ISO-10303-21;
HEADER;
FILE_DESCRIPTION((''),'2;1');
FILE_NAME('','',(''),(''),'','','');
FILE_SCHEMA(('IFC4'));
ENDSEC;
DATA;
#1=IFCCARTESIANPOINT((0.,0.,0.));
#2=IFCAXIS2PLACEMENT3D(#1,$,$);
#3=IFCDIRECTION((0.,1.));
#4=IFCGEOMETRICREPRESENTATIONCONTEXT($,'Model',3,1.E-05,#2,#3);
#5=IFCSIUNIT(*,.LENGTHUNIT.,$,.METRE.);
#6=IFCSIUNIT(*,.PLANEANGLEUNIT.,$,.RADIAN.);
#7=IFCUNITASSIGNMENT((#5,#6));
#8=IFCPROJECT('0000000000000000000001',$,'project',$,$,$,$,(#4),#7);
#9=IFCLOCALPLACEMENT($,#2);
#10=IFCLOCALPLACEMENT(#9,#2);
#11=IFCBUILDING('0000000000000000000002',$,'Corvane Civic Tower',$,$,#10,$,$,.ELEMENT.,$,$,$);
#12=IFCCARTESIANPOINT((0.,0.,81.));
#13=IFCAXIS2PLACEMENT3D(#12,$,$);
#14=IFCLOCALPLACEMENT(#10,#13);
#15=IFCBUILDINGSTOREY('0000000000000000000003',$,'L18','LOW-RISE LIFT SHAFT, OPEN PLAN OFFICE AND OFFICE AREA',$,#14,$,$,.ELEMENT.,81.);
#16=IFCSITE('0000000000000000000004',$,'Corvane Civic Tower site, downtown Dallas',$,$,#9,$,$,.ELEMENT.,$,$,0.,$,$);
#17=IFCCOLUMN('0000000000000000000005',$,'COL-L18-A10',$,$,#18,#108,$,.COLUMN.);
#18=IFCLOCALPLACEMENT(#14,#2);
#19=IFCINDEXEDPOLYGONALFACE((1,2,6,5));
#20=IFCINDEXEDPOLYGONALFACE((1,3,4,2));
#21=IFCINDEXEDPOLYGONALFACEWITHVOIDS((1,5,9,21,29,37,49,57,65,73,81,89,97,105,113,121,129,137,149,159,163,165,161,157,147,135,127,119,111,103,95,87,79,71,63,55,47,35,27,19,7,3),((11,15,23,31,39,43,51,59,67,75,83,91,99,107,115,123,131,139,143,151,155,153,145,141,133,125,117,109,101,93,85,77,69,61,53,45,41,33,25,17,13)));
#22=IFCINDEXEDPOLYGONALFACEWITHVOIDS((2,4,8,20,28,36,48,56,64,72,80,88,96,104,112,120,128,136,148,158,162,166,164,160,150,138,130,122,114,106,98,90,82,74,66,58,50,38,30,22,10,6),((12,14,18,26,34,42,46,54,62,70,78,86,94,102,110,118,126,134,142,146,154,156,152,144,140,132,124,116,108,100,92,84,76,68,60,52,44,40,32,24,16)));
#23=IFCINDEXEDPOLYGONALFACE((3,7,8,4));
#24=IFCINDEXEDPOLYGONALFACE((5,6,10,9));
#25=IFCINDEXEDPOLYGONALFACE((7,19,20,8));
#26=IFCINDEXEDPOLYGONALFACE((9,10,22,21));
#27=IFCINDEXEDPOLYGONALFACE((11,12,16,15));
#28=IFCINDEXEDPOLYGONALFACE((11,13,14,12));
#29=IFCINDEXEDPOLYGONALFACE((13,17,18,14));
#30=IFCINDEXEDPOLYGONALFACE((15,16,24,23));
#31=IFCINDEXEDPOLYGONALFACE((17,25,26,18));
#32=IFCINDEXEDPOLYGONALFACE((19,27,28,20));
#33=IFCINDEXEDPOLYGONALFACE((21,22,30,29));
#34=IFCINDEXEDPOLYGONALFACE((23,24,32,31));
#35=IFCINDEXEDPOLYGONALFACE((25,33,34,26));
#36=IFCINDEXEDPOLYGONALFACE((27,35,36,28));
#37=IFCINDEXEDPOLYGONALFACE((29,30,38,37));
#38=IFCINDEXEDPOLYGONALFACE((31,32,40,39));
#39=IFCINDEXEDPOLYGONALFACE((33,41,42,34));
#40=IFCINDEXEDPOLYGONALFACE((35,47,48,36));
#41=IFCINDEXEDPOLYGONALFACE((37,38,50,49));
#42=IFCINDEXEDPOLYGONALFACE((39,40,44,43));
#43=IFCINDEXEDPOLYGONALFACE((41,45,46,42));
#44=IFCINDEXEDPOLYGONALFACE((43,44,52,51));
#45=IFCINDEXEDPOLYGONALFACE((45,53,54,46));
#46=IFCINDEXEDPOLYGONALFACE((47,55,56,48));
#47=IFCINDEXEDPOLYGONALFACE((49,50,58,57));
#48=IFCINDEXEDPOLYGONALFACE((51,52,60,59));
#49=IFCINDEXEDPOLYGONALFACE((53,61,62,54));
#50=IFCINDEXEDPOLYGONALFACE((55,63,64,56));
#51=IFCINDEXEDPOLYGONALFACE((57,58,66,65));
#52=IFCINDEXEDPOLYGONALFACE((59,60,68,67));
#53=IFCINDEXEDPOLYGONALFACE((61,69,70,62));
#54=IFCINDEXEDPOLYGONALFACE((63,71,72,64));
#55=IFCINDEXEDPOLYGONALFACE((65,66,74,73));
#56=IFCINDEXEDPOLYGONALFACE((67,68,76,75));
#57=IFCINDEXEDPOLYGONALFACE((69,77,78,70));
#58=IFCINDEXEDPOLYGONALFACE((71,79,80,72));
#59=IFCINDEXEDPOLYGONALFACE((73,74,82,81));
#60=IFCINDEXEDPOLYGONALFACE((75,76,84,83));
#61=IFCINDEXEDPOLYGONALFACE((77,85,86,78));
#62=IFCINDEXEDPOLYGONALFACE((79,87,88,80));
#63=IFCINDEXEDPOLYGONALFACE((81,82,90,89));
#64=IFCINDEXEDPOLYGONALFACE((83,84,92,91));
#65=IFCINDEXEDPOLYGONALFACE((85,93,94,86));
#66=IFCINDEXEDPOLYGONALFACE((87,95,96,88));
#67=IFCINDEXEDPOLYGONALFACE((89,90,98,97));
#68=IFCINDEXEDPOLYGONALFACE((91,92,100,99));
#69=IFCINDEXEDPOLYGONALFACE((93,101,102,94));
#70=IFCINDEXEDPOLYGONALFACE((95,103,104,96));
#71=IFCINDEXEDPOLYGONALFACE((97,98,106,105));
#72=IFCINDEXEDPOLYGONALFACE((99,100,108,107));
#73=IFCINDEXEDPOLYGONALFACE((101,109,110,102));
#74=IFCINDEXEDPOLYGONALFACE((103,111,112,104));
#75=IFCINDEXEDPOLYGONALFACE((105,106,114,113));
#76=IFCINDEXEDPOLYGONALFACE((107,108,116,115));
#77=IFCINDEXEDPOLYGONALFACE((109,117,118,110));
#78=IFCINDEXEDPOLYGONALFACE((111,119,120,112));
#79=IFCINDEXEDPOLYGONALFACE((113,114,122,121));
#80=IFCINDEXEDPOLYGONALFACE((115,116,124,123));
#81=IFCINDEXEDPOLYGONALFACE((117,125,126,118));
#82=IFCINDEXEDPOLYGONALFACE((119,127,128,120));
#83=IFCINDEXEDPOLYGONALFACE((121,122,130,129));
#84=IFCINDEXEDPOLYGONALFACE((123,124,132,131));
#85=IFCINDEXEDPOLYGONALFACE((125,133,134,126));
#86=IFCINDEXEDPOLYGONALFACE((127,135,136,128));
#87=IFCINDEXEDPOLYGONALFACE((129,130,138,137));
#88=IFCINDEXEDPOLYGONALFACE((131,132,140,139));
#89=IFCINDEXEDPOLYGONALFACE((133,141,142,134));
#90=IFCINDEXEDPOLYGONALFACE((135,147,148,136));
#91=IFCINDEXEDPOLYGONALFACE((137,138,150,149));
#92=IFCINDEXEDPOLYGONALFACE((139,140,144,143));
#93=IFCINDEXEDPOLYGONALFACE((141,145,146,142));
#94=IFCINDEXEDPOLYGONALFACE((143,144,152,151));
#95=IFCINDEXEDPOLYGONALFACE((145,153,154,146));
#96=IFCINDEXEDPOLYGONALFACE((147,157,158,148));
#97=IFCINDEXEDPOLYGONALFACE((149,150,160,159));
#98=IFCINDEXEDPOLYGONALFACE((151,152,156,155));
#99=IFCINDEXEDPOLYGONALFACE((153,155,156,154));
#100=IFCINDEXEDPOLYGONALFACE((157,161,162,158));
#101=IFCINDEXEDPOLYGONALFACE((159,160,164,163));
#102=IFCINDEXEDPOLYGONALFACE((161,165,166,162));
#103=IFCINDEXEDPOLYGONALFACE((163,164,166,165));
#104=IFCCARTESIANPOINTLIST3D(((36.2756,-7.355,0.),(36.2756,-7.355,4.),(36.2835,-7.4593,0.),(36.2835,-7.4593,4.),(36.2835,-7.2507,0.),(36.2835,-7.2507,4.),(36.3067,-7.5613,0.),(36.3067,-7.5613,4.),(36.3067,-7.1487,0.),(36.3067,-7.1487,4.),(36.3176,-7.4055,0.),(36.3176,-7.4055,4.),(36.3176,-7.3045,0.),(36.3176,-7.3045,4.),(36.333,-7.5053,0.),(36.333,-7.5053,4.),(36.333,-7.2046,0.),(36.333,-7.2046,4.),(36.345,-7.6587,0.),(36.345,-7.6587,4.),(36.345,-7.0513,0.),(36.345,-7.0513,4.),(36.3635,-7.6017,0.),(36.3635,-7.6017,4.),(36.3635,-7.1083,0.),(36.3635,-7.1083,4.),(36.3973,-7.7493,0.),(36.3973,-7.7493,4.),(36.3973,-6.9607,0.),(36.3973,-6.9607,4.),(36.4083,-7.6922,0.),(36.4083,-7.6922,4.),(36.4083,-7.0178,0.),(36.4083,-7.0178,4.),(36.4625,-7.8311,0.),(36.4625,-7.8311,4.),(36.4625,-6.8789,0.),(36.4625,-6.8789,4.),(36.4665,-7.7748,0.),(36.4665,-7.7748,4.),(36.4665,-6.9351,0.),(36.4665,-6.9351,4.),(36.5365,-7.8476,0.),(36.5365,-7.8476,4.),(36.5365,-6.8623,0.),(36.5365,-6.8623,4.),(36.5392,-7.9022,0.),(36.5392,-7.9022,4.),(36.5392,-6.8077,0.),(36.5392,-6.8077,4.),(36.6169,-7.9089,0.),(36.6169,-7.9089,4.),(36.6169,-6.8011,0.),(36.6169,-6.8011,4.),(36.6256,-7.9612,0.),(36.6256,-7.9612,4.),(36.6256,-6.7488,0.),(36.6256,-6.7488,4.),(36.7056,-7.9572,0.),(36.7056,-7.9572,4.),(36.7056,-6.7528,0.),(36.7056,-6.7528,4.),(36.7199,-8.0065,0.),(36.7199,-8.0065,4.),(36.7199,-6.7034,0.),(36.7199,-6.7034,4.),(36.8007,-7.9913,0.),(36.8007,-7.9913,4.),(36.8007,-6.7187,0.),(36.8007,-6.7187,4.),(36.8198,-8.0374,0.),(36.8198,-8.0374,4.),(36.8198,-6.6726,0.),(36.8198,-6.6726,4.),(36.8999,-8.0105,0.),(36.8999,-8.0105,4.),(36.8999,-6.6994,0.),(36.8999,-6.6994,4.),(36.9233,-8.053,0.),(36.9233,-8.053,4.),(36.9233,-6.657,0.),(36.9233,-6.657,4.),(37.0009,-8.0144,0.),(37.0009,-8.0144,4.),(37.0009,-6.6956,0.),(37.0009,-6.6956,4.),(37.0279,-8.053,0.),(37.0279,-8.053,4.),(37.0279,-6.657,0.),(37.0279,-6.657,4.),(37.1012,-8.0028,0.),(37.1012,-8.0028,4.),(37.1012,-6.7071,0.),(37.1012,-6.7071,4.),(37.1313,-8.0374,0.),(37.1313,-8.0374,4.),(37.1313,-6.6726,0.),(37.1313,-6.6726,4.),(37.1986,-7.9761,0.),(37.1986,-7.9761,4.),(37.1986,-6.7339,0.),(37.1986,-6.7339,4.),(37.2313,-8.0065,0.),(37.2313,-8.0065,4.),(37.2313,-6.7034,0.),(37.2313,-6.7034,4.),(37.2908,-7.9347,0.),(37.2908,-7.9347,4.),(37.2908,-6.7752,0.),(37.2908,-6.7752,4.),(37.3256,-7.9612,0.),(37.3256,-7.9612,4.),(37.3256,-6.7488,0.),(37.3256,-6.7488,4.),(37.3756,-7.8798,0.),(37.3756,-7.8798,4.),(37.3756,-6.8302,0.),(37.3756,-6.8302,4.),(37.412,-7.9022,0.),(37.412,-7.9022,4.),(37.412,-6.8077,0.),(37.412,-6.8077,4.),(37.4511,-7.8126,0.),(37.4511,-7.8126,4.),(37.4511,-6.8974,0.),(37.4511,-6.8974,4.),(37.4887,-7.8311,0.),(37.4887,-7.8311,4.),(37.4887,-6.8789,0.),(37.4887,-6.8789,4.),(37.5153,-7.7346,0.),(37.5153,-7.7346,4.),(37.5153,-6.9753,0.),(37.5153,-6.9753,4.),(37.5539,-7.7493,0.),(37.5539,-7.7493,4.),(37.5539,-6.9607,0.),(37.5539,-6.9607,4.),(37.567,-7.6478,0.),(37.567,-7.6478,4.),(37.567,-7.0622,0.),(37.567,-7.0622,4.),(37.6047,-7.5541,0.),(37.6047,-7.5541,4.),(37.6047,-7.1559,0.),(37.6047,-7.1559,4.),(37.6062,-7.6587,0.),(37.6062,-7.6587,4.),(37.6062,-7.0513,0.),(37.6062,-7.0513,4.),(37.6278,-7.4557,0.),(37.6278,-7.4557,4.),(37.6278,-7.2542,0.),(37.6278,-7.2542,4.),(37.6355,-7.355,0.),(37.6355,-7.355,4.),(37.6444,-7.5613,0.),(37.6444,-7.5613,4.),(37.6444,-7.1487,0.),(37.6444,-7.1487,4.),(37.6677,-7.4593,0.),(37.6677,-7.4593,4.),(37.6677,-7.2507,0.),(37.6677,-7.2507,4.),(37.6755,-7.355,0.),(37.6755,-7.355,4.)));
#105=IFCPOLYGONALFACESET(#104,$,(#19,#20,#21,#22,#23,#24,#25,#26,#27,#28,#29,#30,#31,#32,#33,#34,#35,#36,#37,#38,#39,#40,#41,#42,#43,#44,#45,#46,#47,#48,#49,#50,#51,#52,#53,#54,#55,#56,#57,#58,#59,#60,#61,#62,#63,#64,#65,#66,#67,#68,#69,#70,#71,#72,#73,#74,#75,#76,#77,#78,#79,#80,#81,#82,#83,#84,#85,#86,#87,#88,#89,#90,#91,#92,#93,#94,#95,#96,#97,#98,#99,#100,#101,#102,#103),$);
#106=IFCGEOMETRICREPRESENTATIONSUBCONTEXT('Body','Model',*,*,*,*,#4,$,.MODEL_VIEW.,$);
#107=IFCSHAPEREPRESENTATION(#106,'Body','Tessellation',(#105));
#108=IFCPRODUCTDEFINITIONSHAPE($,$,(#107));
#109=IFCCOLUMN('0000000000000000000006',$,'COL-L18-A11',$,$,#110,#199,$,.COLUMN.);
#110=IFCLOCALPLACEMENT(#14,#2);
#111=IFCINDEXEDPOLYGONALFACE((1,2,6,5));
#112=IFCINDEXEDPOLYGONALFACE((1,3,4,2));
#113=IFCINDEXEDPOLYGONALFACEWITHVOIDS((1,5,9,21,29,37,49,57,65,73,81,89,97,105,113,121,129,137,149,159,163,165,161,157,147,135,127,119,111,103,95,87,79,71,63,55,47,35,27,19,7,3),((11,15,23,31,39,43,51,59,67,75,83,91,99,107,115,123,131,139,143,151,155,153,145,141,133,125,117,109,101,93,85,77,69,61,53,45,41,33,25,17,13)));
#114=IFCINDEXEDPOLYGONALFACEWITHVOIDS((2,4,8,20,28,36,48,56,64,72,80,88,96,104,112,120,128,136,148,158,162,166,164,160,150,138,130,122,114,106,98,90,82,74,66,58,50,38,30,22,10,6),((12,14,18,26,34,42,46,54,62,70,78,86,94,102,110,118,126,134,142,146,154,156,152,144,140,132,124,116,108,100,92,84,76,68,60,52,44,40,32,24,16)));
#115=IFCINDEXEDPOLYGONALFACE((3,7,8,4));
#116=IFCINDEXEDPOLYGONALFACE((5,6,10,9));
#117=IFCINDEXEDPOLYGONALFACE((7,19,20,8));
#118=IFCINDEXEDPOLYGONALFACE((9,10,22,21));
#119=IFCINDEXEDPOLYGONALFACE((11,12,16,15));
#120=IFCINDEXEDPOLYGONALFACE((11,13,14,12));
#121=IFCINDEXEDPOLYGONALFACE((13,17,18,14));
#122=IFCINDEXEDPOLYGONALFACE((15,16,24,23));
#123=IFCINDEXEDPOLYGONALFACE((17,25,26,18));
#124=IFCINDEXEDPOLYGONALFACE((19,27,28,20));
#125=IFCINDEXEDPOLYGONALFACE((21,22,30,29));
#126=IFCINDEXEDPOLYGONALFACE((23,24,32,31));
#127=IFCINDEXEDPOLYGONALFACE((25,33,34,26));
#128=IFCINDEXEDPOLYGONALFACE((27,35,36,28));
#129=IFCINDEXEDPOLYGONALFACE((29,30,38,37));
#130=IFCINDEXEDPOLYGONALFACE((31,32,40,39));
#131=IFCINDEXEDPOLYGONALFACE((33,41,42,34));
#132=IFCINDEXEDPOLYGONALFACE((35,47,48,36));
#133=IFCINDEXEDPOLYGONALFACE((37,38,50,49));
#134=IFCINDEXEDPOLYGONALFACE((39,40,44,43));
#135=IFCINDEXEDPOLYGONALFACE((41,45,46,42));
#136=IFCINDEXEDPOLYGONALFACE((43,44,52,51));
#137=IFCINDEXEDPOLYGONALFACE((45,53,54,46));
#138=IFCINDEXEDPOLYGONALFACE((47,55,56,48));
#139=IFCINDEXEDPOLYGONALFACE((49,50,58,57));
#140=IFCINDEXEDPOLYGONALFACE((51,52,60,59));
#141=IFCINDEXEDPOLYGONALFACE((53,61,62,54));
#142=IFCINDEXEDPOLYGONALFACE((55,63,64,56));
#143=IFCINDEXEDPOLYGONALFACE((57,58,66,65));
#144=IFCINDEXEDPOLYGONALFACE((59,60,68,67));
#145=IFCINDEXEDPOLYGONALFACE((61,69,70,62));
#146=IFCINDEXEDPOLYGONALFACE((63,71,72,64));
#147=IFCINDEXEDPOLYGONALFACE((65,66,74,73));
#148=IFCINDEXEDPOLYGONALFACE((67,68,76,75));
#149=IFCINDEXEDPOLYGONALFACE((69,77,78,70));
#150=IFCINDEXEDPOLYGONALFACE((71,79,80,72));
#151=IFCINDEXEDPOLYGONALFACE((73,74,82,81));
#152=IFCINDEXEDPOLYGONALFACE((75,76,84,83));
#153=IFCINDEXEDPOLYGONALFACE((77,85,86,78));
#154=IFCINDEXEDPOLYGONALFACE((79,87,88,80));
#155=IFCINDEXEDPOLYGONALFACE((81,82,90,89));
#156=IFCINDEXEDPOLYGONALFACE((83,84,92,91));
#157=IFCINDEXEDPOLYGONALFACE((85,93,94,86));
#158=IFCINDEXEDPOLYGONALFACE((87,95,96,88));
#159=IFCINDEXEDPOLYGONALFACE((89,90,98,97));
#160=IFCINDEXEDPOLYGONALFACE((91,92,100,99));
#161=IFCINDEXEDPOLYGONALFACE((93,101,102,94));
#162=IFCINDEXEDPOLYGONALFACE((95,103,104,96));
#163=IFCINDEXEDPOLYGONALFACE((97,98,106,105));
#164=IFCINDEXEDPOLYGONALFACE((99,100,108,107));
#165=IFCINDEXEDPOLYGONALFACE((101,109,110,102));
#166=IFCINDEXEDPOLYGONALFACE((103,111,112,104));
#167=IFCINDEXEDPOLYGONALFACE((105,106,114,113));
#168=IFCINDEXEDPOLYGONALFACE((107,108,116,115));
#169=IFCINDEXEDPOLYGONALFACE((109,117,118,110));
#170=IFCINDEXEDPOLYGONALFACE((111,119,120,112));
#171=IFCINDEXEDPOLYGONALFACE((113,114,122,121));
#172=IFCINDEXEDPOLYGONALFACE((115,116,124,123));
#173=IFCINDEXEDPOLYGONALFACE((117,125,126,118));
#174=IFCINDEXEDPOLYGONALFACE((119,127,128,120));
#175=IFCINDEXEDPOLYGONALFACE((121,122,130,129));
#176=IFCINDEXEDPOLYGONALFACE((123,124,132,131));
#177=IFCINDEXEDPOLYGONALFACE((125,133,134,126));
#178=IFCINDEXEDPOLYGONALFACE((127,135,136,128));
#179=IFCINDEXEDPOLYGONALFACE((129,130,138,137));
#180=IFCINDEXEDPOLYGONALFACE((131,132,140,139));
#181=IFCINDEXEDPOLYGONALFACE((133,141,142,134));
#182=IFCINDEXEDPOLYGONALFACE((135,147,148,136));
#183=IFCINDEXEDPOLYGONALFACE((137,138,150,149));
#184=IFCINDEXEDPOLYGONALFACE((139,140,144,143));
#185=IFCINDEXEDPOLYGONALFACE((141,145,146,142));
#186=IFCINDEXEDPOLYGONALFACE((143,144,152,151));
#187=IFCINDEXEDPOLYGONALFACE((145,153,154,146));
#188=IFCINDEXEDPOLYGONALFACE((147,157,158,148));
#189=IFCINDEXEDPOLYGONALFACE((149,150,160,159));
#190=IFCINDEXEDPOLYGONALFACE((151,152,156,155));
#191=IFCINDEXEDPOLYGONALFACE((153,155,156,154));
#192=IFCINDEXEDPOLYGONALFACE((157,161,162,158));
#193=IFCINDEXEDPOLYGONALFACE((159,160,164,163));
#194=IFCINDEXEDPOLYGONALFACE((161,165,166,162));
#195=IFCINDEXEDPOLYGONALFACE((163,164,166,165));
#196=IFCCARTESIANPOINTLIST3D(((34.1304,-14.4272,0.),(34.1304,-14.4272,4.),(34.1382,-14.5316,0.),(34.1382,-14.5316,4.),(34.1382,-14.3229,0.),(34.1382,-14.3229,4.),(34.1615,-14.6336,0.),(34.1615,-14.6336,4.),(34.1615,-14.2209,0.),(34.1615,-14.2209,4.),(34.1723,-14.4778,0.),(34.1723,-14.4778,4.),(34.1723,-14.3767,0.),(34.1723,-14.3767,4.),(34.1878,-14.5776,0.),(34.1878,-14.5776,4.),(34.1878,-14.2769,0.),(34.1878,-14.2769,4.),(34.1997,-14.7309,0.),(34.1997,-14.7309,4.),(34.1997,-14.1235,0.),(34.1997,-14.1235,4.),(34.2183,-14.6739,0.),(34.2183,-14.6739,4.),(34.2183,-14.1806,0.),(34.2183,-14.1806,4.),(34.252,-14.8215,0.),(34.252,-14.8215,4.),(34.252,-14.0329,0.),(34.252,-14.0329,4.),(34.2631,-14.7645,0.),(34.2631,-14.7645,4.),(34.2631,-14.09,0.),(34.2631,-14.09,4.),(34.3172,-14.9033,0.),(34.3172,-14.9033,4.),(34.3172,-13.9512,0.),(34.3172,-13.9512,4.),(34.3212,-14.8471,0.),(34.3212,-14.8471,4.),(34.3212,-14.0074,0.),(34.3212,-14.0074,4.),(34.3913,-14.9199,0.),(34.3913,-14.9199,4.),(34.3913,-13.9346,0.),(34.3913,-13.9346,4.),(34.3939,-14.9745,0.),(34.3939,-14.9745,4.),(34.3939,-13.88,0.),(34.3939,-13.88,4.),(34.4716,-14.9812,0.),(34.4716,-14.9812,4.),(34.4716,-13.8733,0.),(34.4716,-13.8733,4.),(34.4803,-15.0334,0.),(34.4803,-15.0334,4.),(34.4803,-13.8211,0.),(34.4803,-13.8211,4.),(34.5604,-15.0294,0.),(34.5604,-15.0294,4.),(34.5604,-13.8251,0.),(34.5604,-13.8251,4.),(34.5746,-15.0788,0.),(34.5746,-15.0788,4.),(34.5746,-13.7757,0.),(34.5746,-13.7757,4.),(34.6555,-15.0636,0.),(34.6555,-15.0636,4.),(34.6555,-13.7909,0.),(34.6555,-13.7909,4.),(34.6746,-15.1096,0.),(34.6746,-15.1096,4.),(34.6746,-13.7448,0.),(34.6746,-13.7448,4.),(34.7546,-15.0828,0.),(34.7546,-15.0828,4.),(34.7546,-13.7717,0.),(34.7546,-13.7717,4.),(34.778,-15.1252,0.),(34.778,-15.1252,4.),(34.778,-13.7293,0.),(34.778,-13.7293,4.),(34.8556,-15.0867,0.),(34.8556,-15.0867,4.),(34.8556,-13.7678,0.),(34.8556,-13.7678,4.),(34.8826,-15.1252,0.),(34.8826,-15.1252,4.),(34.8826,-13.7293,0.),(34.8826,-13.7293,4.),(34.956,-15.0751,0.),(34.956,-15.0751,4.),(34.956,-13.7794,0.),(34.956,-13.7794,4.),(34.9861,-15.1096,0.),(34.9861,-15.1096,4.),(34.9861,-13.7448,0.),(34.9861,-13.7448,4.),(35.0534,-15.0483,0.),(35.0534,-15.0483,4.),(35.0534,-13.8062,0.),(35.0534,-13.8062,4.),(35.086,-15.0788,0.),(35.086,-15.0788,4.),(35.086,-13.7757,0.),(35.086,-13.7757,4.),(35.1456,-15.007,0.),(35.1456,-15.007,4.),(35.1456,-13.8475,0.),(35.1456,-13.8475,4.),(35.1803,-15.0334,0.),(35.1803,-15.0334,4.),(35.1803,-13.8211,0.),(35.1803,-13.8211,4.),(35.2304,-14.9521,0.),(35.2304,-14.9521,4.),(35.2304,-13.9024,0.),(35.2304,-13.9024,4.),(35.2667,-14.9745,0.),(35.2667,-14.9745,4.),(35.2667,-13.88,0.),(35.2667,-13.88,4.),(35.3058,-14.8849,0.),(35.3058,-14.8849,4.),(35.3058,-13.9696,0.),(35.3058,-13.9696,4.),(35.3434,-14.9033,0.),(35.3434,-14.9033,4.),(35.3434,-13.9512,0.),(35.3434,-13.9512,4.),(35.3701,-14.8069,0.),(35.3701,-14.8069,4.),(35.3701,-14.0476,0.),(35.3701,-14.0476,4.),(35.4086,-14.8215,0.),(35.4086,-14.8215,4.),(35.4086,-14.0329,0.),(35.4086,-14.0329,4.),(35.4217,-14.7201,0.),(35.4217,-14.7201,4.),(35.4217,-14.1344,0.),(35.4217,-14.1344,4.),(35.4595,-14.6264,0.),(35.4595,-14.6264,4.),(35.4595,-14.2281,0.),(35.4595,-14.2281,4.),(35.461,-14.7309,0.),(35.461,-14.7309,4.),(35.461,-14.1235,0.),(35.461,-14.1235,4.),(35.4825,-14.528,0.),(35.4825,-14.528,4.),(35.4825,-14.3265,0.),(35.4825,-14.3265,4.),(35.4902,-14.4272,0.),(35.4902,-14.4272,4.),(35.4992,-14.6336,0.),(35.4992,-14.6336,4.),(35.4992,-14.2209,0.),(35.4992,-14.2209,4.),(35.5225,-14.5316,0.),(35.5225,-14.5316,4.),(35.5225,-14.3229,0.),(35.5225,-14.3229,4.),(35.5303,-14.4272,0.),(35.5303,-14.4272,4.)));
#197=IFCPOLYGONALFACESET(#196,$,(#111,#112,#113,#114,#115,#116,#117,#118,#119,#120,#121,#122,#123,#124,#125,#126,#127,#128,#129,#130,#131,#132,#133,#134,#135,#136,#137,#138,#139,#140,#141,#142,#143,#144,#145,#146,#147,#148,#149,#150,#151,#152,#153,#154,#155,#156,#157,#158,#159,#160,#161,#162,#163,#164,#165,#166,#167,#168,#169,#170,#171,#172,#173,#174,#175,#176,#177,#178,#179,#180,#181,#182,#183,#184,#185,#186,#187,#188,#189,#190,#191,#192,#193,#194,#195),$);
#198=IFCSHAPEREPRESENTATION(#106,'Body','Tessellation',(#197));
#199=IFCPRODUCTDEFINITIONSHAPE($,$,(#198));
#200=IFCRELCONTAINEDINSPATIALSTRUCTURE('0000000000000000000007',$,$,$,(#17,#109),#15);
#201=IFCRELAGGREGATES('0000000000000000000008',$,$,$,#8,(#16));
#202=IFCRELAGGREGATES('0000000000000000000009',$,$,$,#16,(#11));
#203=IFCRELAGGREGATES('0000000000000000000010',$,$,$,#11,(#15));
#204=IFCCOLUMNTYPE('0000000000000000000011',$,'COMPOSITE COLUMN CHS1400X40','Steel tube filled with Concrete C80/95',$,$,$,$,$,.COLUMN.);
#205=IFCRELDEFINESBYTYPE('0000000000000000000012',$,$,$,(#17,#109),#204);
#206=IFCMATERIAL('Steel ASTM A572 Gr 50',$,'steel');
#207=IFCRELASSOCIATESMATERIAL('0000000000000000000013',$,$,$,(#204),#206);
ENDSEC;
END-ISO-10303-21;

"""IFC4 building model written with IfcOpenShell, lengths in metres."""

from ifc_helpers import new_model, si_unit, direction, frame, origin, origin_2d, place, context, subcontext, project, spatial, hollow_circle, extrude, material, material_profile, profile_set, type_object, element, save


model = new_model("IFC4")

# Units and contexts
model_context = context("Model", 3, precision=1e-05, world=origin(), true_north=direction((0.0, 1.0)))
body_context = subcontext(model_context, "Body", "Model", "MODEL_VIEW")
ifc_project = project(units=[si_unit("LENGTHUNIT", "METRE"), si_unit("PLANEANGLEUNIT", "RADIAN")], contexts=[model_context])

# Site, building, storey
site_placement = place(None, origin())
site = spatial("IfcSite", under=ifc_project, at=site_placement, Name="Corvane Civic Tower site, downtown Dallas", CompositionType="ELEMENT", RefElevation=0.0)
building_placement = place(site_placement, origin())
building = spatial("IfcBuilding", under=site, at=building_placement, Name="Corvane Civic Tower", CompositionType="ELEMENT")
storey_placement = place(building_placement, frame((0.0, 0.0, 81.0)))
storey = spatial("IfcBuildingStorey", under=building, at=storey_placement, Name="L18", Description="LOW-RISE LIFT SHAFT, OPEN PLAN OFFICE AND OFFICE AREA", CompositionType="ELEMENT", Elevation=81.0)

# Columns
ifc_material_1 = material(Name="Steel ASTM A572 Gr 50", Category="steel")
ifc_material_profile_1 = material_profile(ifc_material_1, hollow_circle(Radius=0.7, WallThickness=0.04, at=origin_2d()), Name="CHS1400X40")
ifc_profile_set_1 = profile_set([ifc_material_profile_1], Name="Steel ASTM A572 Gr 50")
column_type = type_object("IfcColumnType", Name="COMPOSITE COLUMN CHS1400X40", Description="Steel tube filled with Concrete C80/95", PredefinedType="COLUMN", material=ifc_profile_set_1)
for number, where, z_axis, x_axis, name in (
    (1, (36.9756, -7.355, 0.0), (0.0, 0.0, 1.0), (1.0, 0.0, 0.0), "COL-L18-A10"),
    (2, (34.8303, -14.4272, 0.0), (0.0, 0.0, 1.0), (1.0, 0.0, 0.0), "COL-L18-A11"),
):
    element("IfcColumn", number, at=place(storey_placement, frame(where, z_axis=z_axis, x_axis=x_axis)), inside=storey, type_object=column_type, Name=name, PredefinedType="COLUMN", context=body_context, shape_type="SweptSolid", body=[
        extrude(hollow_circle(Radius=0.7, WallThickness=0.04, at=origin_2d()), origin(), (0.0, 0.0, 1.0), 4.0),
    ])

save(model, "model.ifc")
